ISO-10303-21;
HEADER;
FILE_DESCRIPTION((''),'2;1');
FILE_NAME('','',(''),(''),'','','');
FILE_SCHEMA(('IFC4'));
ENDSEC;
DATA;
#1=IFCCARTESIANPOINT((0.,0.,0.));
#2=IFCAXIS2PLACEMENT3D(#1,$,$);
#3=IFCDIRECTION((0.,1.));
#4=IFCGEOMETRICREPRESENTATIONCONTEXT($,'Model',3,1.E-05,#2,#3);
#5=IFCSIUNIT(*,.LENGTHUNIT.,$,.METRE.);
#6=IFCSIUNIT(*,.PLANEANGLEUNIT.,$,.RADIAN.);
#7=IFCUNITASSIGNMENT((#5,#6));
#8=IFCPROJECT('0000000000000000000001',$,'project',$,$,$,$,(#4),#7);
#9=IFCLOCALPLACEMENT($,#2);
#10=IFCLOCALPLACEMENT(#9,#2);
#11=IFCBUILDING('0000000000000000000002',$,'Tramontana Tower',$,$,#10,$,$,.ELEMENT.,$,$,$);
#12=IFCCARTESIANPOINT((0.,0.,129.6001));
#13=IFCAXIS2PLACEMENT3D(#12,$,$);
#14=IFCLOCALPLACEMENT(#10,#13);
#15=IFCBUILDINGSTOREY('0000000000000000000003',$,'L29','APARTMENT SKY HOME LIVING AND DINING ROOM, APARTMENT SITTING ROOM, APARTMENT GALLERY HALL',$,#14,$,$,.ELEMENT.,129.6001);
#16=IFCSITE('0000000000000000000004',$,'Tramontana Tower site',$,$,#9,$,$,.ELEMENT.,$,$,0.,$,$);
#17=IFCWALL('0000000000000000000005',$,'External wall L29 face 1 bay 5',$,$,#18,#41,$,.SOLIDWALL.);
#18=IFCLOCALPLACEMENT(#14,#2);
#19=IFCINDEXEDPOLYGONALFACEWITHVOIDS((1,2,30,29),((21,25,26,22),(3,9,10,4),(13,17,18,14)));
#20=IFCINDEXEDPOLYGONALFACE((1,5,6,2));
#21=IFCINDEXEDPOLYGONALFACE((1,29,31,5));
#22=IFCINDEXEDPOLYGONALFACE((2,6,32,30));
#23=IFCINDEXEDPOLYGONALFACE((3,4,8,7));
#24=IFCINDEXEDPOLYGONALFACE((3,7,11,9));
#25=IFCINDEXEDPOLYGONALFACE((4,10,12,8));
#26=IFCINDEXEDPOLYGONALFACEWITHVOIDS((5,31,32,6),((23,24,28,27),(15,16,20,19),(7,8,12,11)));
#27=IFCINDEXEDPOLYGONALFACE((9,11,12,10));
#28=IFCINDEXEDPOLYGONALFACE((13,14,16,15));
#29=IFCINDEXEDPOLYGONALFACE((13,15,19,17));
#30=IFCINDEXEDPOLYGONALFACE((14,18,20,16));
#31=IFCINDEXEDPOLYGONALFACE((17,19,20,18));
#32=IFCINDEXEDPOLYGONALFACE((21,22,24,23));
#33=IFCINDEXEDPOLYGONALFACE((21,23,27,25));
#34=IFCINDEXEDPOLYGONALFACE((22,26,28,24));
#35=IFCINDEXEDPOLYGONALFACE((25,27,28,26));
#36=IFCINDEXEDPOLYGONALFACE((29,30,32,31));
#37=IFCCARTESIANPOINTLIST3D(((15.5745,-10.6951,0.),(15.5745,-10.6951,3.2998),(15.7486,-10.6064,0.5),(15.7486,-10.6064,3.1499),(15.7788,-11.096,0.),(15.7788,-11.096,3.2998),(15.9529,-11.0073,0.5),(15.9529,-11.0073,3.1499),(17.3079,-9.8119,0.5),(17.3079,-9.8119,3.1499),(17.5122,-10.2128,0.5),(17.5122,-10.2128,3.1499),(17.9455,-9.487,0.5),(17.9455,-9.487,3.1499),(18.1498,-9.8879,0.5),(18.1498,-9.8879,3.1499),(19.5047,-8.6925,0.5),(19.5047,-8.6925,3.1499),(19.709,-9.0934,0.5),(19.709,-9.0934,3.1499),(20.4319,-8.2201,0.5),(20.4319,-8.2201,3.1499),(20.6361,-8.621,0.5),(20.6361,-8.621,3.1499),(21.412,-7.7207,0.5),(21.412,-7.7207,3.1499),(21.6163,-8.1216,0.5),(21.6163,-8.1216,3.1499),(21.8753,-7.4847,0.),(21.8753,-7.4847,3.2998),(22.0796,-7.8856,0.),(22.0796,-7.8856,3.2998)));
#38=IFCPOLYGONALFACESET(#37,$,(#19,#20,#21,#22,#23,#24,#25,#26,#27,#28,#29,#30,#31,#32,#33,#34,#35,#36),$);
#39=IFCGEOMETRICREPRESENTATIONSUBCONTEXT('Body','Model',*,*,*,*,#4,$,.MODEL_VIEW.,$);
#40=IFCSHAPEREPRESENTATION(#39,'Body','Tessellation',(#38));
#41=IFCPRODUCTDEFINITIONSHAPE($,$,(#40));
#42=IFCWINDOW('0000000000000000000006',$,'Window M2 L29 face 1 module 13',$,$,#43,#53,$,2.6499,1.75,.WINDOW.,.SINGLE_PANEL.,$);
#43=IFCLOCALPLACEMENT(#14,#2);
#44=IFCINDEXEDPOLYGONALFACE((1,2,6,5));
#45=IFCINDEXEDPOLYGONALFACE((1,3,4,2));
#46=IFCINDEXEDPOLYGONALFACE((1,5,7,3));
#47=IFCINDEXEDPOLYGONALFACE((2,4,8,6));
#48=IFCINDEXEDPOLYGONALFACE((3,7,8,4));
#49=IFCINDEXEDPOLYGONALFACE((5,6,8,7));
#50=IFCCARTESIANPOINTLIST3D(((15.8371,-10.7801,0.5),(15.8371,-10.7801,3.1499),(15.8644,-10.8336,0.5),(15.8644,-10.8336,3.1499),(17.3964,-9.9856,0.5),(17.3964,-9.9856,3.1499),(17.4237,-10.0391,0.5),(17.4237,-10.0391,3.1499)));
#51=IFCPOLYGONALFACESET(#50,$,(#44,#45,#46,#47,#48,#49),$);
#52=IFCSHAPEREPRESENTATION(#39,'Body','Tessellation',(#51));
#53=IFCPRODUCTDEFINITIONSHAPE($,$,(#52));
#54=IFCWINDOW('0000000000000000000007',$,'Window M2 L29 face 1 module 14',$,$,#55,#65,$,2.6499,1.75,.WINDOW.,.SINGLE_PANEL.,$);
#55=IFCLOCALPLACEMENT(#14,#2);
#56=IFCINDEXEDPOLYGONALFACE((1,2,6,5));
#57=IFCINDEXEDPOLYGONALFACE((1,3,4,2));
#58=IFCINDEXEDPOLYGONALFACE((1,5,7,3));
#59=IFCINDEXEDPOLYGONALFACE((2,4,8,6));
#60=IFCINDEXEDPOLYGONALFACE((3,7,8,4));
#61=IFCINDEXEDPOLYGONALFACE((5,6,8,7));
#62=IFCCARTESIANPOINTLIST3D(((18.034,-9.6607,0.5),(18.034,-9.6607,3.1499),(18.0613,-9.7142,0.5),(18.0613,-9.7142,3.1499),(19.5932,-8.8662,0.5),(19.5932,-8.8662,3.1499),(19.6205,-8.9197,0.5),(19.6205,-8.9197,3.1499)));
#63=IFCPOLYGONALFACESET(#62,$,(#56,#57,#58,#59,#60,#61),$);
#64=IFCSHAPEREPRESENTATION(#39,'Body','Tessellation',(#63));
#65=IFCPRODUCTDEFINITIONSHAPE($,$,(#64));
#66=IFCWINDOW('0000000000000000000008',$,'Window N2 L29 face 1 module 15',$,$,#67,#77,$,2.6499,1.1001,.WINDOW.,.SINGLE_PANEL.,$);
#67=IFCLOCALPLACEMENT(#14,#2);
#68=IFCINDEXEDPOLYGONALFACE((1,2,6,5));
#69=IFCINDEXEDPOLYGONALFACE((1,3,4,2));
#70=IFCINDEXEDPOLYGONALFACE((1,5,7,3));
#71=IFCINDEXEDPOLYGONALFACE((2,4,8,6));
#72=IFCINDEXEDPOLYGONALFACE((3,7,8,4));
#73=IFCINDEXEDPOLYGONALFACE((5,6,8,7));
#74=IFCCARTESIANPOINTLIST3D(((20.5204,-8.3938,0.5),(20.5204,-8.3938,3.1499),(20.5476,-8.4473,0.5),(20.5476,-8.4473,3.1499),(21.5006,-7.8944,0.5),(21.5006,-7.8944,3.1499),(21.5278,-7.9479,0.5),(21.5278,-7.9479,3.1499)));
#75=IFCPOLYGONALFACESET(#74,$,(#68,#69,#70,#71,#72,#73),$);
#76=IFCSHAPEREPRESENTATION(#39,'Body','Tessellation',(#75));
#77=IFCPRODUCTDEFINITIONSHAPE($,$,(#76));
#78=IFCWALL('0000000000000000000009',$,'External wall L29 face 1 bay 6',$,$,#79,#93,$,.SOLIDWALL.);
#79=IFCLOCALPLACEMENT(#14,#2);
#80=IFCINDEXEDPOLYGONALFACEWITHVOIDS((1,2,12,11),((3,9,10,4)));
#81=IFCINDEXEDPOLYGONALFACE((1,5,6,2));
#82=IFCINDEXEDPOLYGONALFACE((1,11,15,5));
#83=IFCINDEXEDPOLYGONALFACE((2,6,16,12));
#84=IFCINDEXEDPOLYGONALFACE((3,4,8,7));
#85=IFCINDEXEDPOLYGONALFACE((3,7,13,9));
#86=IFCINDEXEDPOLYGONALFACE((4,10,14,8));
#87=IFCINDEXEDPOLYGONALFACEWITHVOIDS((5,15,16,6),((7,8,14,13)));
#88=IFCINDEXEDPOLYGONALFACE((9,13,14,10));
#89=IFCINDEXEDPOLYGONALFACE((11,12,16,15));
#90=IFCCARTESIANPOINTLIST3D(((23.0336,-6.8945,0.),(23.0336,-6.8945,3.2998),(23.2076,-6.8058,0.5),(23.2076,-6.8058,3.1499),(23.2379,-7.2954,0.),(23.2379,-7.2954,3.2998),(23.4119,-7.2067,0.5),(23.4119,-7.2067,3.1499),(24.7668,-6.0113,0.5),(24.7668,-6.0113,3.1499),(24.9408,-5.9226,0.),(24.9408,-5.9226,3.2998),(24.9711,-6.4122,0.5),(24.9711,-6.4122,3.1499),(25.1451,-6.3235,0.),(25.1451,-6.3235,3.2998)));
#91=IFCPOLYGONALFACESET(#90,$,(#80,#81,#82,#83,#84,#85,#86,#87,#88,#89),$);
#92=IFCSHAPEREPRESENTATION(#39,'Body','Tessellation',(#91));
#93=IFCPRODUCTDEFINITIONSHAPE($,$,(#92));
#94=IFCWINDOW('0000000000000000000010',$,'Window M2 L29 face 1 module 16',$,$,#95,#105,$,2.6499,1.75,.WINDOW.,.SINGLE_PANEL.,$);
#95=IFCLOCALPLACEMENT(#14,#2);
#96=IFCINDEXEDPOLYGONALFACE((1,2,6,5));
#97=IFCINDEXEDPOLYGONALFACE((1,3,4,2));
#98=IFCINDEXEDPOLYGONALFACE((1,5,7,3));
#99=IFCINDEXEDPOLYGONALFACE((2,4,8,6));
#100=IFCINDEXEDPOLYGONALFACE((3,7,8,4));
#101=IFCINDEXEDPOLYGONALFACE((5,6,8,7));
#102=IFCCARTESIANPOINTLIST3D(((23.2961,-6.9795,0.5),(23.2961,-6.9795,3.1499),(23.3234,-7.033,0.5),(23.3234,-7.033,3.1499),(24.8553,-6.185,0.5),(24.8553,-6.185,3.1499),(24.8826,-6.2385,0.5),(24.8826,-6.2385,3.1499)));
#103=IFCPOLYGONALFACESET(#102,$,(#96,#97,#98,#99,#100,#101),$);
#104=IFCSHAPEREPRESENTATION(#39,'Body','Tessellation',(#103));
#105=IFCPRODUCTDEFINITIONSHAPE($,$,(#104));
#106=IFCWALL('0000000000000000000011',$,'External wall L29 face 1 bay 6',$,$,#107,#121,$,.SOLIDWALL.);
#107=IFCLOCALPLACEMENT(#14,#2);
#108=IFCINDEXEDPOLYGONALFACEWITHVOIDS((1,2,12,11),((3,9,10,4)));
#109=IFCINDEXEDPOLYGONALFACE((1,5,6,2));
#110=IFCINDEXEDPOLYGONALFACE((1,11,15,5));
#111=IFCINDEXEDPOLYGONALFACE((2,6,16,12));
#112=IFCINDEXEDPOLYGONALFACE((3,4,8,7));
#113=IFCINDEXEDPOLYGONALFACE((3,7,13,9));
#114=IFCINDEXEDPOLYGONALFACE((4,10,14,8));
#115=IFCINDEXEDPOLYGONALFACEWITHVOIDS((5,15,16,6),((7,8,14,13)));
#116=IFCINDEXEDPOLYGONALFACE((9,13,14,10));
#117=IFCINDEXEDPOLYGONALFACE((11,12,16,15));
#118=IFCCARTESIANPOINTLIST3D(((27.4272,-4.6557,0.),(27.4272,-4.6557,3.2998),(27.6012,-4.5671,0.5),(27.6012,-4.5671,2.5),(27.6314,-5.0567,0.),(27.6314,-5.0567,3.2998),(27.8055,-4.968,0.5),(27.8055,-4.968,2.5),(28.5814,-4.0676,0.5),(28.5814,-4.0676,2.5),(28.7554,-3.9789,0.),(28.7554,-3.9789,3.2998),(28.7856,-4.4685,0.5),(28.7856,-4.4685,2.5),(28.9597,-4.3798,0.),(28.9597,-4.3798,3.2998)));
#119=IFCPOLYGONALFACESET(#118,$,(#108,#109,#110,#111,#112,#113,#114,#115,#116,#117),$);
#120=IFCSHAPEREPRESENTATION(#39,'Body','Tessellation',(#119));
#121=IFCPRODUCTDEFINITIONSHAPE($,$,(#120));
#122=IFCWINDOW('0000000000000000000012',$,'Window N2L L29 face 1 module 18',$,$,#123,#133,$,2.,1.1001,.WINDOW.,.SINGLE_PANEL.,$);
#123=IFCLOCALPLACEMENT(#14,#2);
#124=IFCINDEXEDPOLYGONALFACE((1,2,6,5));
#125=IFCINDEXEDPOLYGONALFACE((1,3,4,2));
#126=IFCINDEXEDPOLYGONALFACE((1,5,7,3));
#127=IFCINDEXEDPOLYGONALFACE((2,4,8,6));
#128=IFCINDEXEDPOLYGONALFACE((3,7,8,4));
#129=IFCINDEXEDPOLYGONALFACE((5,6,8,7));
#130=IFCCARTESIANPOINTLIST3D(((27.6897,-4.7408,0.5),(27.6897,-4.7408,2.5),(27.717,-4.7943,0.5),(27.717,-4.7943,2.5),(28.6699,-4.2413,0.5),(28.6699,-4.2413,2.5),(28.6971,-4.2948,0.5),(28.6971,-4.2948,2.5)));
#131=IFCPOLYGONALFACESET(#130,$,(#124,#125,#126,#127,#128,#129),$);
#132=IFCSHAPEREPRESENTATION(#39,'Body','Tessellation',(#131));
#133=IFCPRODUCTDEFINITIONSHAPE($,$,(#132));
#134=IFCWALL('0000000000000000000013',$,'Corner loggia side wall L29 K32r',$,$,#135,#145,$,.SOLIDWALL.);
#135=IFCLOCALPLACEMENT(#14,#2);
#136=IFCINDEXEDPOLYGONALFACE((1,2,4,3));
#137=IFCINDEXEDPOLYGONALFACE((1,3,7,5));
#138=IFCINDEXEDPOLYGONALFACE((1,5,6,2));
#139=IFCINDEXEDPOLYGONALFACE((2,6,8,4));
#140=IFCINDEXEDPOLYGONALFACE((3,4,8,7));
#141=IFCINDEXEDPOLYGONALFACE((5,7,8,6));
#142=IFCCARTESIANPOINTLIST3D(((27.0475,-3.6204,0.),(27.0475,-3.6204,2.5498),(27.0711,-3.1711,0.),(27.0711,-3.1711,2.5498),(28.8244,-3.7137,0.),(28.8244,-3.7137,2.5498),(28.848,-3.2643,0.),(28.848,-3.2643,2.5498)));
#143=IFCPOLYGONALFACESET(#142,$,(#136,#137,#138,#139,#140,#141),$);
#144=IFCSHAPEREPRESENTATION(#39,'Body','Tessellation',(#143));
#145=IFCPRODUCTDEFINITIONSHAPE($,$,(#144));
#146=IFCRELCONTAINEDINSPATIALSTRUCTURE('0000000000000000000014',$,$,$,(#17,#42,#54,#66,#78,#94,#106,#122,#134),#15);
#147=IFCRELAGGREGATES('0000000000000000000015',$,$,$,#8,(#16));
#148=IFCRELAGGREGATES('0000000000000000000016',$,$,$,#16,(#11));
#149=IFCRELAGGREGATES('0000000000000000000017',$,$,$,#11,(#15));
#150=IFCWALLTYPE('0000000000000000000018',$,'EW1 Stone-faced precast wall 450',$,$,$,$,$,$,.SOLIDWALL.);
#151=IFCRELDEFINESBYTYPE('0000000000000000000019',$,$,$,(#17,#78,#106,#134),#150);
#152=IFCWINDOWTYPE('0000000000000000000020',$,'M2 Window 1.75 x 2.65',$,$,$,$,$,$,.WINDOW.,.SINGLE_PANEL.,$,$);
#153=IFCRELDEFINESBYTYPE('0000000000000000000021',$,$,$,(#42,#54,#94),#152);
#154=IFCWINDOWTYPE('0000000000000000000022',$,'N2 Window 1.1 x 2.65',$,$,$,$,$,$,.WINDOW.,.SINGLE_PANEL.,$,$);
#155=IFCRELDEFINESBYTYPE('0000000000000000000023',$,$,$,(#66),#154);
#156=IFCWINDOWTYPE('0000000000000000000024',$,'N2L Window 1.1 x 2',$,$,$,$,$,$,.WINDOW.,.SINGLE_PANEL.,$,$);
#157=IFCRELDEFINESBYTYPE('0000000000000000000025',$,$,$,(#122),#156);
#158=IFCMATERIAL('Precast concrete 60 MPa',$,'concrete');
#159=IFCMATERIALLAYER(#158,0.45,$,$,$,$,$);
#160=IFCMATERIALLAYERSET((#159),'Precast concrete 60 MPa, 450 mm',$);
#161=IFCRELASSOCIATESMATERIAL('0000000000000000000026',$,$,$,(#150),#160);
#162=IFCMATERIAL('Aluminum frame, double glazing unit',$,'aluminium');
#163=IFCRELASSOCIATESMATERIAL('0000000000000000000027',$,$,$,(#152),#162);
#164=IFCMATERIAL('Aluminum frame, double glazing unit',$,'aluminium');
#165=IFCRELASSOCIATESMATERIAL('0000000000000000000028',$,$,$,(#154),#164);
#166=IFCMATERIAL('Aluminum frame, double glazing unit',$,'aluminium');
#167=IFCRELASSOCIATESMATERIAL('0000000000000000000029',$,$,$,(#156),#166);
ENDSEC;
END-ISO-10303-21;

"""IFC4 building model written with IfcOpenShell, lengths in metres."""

from ifc_helpers import new_model, si_unit, direction, frame, frame_2d, origin, place, context, subcontext, project, spatial, rectangle, extrude, material, layer, layer_set, type_object, element, fill, save


model = new_model("IFC4")

# Units and contexts
model_context = context("Model", 3, precision=1e-05, world=origin(), true_north=direction((0.0, 1.0)))
body_context = subcontext(model_context, "Body", "Model", "MODEL_VIEW")
ifc_project = project(units=[si_unit("LENGTHUNIT", "METRE"), si_unit("PLANEANGLEUNIT", "RADIAN")], contexts=[model_context])

# Site, building, storey
site_placement = place(None, origin())
site = spatial("IfcSite", under=ifc_project, at=site_placement, Name="Tramontana Tower site", CompositionType="ELEMENT", RefElevation=0.0)
building_placement = place(site_placement, origin())
building = spatial("IfcBuilding", under=site, at=building_placement, Name="Tramontana Tower", CompositionType="ELEMENT")
storey_placement = place(building_placement, frame((0.0, 0.0, 129.6001)))
storey = spatial("IfcBuildingStorey", under=building, at=storey_placement, Name="L29", Description="APARTMENT SKY HOME LIVING AND DINING ROOM, APARTMENT SITTING ROOM, APARTMENT GALLERY HALL", CompositionType="ELEMENT", Elevation=129.6001)

# Wall, openings, windows
ifc_material_1 = material(Name="Precast concrete 60 MPa", Category="concrete")
ifc_layer_1 = layer(ifc_material_1, 0.45)
ifc_layer_set_1 = layer_set([ifc_layer_1], Name="Precast concrete 60 MPa, 450 mm")
wall_type_1 = type_object("IfcWallType", Name="EW1 Stone-faced precast wall 450", PredefinedType="SOLIDWALL", material=ifc_layer_set_1)
wall_1_placement = place(storey_placement, frame((15.6768, -10.8955, 0.0), z_axis=(0.0, 0.0, 1.0), x_axis=(0.891004, 0.453995, 0.0)))
wall_1 = element("IfcWall", 1, at=wall_1_placement, inside=storey, type_object=wall_type_1, Name="External wall L29 face 1 bay 5", PredefinedType="SOLIDWALL", context=body_context, shape_type="SweptSolid", body=[
    extrude(rectangle(XDim=7.0715, YDim=0.45, at=frame_2d((3.5356, 0.0))), origin(), (0.0, 0.0, 1.0), 3.2998),
])
opening_1_placement = place(wall_1_placement, frame((0.1953, 0.0, 0.5)))
opening_1 = element("IfcOpeningElement", 2, at=opening_1_placement, cuts=wall_1, PredefinedType="OPENING", context=body_context, shape_type="SweptSolid", body=[
    extrude(rectangle(XDim=1.75, YDim=2.6499, at=frame_2d((0.875, 1.325))), frame((0.0, 0.2349, 0.0), z_axis=(0.0, -1.0, 0.0), x_axis=(1.0, 0.0, 0.0)), (0.0, 0.0, 1.0), 0.47),
])
opening_2_placement = place(wall_1_placement, frame((2.6609, 0.0, 0.5)))
opening_2 = element("IfcOpeningElement", 3, at=opening_2_placement, cuts=wall_1, PredefinedType="OPENING", context=body_context, shape_type="SweptSolid", body=[
    extrude(rectangle(XDim=1.75, YDim=2.6499, at=frame_2d((0.875, 1.325))), frame((0.0, 0.2349, 0.0), z_axis=(0.0, -1.0, 0.0), x_axis=(1.0, 0.0, 0.0)), (0.0, 0.0, 1.0), 0.47),
])
opening_3_placement = place(wall_1_placement, frame((5.4514, 0.0, 0.5)))
opening_3 = element("IfcOpeningElement", 4, at=opening_3_placement, cuts=wall_1, PredefinedType="OPENING", context=body_context, shape_type="SweptSolid", body=[
    extrude(rectangle(XDim=1.1001, YDim=2.6499, at=frame_2d((0.55, 1.325))), frame((0.0, 0.2349, 0.0), z_axis=(0.0, -1.0, 0.0), x_axis=(1.0, 0.0, 0.0)), (0.0, 0.0, 1.0), 0.47),
])
ifc_material_2 = material(Name="Aluminum frame, double glazing unit", Category="aluminium")
window_type_1 = type_object("IfcWindowType", Name="M2 Window 1.75 x 2.65", PartitioningType="SINGLE_PANEL", PredefinedType="WINDOW", material=ifc_material_2)
window_1_placement = place(opening_1_placement, origin())
window_1 = element("IfcWindow", 5, at=window_1_placement, inside=storey, type_object=window_type_1, Name="Window M2 L29 face 1 module 13", OverallHeight=2.6499, OverallWidth=1.75, PartitioningType="SINGLE_PANEL", PredefinedType="WINDOW", context=body_context, shape_type="SweptSolid", body=[
    extrude(rectangle(XDim=1.75, YDim=2.6499, at=frame_2d((0.875, 1.325))), frame((0.0, 0.03, 0.0), z_axis=(0.0, -1.0, 0.0), x_axis=(1.0, 0.0, 0.0)), (0.0, 0.0, 1.0), 0.0601),
])
fill(opening_1, window_1)
window_2_placement = place(opening_2_placement, origin())
window_2 = element("IfcWindow", 6, at=window_2_placement, inside=storey, type_object=window_type_1, Name="Window M2 L29 face 1 module 14", OverallHeight=2.6499, OverallWidth=1.75, PartitioningType="SINGLE_PANEL", PredefinedType="WINDOW", context=body_context, shape_type="SweptSolid", body=[
    extrude(rectangle(XDim=1.75, YDim=2.6499, at=frame_2d((0.875, 1.325))), frame((0.0, 0.03, 0.0), z_axis=(0.0, -1.0, 0.0), x_axis=(1.0, 0.0, 0.0)), (0.0, 0.0, 1.0), 0.0601),
])
fill(opening_2, window_2)
ifc_material_3 = material(Name="Aluminum frame, double glazing unit", Category="aluminium")
window_type_2 = type_object("IfcWindowType", Name="N2 Window 1.1 x 2.65", PartitioningType="SINGLE_PANEL", PredefinedType="WINDOW", material=ifc_material_3)
window_3_placement = place(opening_3_placement, origin())
window_3 = element("IfcWindow", 7, at=window_3_placement, inside=storey, type_object=window_type_2, Name="Window N2 L29 face 1 module 15", OverallHeight=2.6499, OverallWidth=1.1001, PartitioningType="SINGLE_PANEL", PredefinedType="WINDOW", context=body_context, shape_type="SweptSolid", body=[
    extrude(rectangle(XDim=1.1001, YDim=2.6499, at=frame_2d((0.55, 1.325))), frame((0.0, 0.03, 0.0), z_axis=(0.0, -1.0, 0.0), x_axis=(1.0, 0.0, 0.0)), (0.0, 0.0, 1.0), 0.0601),
])
fill(opening_3, window_3)

# Walls, openings, windows
wall_2_placement = place(storey_placement, frame((23.1357, -7.095, 0.0), z_axis=(0.0, 0.0, 1.0), x_axis=(0.890979, 0.454044, 0.0)))
wall_2 = element("IfcWall", 8, at=wall_2_placement, inside=storey, type_object=wall_type_1, Name="External wall L29 face 1 bay 6", PredefinedType="SOLIDWALL", context=body_context, shape_type="SweptSolid", body=[
    extrude(rectangle(XDim=2.1406, YDim=0.45, at=frame_2d((1.0703, 0.0))), origin(), (0.0, 0.0, 1.0), 3.2998),
])
opening_4_placement = place(wall_2_placement, frame((0.1953, 0.0, 0.5)))
opening_4 = element("IfcOpeningElement", 9, at=opening_4_placement, cuts=wall_2, PredefinedType="OPENING", context=body_context, shape_type="SweptSolid", body=[
    extrude(rectangle(XDim=1.75, YDim=2.6499, at=frame_2d((0.875, 1.325))), frame((0.0, 0.2349, 0.0), z_axis=(0.0, -1.0, 0.0), x_axis=(1.0, 0.0, 0.0)), (0.0, 0.0, 1.0), 0.47),
])
window_4_placement = place(opening_4_placement, origin())
window_4 = element("IfcWindow", 10, at=window_4_placement, inside=storey, type_object=window_type_1, Name="Window M2 L29 face 1 module 16", OverallHeight=2.6499, OverallWidth=1.75, PartitioningType="SINGLE_PANEL", PredefinedType="WINDOW", context=body_context, shape_type="SweptSolid", body=[
    extrude(rectangle(XDim=1.75, YDim=2.6499, at=frame_2d((0.875, 1.325))), frame((0.0, 0.03, 0.0), z_axis=(0.0, -1.0, 0.0), x_axis=(1.0, 0.0, 0.0)), (0.0, 0.0, 1.0), 0.0601),
])
fill(opening_4, window_4)
wall_3_placement = place(storey_placement, frame((27.5293, -4.8562, 0.0), z_axis=(0.0, 0.0, 1.0), x_axis=(0.890994, 0.454014, 0.0)))
wall_3 = element("IfcWall", 11, at=wall_3_placement, inside=storey, type_object=wall_type_1, Name="External wall L29 face 1 bay 6", PredefinedType="SOLIDWALL", context=body_context, shape_type="SweptSolid", body=[
    extrude(rectangle(XDim=1.4907, YDim=0.45, at=frame_2d((0.7454, 0.0))), origin(), (0.0, 0.0, 1.0), 3.2998),
])
opening_5_placement = place(wall_3_placement, frame((0.1953, 0.0, 0.5)))
opening_5 = element("IfcOpeningElement", 12, at=opening_5_placement, cuts=wall_3, PredefinedType="OPENING", context=body_context, shape_type="SweptSolid", body=[
    extrude(rectangle(XDim=1.1001, YDim=2.0, at=frame_2d((0.55, 1.0))), frame((0.0, 0.2349, 0.0), z_axis=(0.0, -1.0, 0.0), x_axis=(1.0, 0.0, 0.0)), (0.0, 0.0, 1.0), 0.47),
])
ifc_material_4 = material(Name="Aluminum frame, double glazing unit", Category="aluminium")
window_type_3 = type_object("IfcWindowType", Name="N2L Window 1.1 x 2", PartitioningType="SINGLE_PANEL", PredefinedType="WINDOW", material=ifc_material_4)
window_5_placement = place(opening_5_placement, origin())
window_5 = element("IfcWindow", 13, at=window_5_placement, inside=storey, type_object=window_type_3, Name="Window N2L L29 face 1 module 18", OverallHeight=2.0, OverallWidth=1.1001, PartitioningType="SINGLE_PANEL", PredefinedType="WINDOW", context=body_context, shape_type="SweptSolid", body=[
    extrude(rectangle(XDim=1.1001, YDim=2.0, at=frame_2d((0.55, 1.0))), frame((0.0, 0.03, 0.0), z_axis=(0.0, -1.0, 0.0), x_axis=(1.0, 0.0, 0.0)), (0.0, 0.0, 1.0), 0.0601),
])
fill(opening_5, window_5)

# Wall
wall_4_placement = place(storey_placement, frame((28.8362, -3.489, 0.0), z_axis=(0.0, 0.0, 1.0), x_axis=(-0.998625, 0.052415, 0.0)))
element("IfcWall", 14, at=wall_4_placement, inside=storey, type_object=wall_type_1, Name="Corner loggia side wall L29 K32r", PredefinedType="SOLIDWALL", context=body_context, shape_type="SweptSolid", body=[
    extrude(rectangle(XDim=1.7793, YDim=0.45, at=frame_2d((0.8896, 0.0))), origin(), (0.0, 0.0, 1.0), 2.5498),
])

save(model, "model.ifc")
